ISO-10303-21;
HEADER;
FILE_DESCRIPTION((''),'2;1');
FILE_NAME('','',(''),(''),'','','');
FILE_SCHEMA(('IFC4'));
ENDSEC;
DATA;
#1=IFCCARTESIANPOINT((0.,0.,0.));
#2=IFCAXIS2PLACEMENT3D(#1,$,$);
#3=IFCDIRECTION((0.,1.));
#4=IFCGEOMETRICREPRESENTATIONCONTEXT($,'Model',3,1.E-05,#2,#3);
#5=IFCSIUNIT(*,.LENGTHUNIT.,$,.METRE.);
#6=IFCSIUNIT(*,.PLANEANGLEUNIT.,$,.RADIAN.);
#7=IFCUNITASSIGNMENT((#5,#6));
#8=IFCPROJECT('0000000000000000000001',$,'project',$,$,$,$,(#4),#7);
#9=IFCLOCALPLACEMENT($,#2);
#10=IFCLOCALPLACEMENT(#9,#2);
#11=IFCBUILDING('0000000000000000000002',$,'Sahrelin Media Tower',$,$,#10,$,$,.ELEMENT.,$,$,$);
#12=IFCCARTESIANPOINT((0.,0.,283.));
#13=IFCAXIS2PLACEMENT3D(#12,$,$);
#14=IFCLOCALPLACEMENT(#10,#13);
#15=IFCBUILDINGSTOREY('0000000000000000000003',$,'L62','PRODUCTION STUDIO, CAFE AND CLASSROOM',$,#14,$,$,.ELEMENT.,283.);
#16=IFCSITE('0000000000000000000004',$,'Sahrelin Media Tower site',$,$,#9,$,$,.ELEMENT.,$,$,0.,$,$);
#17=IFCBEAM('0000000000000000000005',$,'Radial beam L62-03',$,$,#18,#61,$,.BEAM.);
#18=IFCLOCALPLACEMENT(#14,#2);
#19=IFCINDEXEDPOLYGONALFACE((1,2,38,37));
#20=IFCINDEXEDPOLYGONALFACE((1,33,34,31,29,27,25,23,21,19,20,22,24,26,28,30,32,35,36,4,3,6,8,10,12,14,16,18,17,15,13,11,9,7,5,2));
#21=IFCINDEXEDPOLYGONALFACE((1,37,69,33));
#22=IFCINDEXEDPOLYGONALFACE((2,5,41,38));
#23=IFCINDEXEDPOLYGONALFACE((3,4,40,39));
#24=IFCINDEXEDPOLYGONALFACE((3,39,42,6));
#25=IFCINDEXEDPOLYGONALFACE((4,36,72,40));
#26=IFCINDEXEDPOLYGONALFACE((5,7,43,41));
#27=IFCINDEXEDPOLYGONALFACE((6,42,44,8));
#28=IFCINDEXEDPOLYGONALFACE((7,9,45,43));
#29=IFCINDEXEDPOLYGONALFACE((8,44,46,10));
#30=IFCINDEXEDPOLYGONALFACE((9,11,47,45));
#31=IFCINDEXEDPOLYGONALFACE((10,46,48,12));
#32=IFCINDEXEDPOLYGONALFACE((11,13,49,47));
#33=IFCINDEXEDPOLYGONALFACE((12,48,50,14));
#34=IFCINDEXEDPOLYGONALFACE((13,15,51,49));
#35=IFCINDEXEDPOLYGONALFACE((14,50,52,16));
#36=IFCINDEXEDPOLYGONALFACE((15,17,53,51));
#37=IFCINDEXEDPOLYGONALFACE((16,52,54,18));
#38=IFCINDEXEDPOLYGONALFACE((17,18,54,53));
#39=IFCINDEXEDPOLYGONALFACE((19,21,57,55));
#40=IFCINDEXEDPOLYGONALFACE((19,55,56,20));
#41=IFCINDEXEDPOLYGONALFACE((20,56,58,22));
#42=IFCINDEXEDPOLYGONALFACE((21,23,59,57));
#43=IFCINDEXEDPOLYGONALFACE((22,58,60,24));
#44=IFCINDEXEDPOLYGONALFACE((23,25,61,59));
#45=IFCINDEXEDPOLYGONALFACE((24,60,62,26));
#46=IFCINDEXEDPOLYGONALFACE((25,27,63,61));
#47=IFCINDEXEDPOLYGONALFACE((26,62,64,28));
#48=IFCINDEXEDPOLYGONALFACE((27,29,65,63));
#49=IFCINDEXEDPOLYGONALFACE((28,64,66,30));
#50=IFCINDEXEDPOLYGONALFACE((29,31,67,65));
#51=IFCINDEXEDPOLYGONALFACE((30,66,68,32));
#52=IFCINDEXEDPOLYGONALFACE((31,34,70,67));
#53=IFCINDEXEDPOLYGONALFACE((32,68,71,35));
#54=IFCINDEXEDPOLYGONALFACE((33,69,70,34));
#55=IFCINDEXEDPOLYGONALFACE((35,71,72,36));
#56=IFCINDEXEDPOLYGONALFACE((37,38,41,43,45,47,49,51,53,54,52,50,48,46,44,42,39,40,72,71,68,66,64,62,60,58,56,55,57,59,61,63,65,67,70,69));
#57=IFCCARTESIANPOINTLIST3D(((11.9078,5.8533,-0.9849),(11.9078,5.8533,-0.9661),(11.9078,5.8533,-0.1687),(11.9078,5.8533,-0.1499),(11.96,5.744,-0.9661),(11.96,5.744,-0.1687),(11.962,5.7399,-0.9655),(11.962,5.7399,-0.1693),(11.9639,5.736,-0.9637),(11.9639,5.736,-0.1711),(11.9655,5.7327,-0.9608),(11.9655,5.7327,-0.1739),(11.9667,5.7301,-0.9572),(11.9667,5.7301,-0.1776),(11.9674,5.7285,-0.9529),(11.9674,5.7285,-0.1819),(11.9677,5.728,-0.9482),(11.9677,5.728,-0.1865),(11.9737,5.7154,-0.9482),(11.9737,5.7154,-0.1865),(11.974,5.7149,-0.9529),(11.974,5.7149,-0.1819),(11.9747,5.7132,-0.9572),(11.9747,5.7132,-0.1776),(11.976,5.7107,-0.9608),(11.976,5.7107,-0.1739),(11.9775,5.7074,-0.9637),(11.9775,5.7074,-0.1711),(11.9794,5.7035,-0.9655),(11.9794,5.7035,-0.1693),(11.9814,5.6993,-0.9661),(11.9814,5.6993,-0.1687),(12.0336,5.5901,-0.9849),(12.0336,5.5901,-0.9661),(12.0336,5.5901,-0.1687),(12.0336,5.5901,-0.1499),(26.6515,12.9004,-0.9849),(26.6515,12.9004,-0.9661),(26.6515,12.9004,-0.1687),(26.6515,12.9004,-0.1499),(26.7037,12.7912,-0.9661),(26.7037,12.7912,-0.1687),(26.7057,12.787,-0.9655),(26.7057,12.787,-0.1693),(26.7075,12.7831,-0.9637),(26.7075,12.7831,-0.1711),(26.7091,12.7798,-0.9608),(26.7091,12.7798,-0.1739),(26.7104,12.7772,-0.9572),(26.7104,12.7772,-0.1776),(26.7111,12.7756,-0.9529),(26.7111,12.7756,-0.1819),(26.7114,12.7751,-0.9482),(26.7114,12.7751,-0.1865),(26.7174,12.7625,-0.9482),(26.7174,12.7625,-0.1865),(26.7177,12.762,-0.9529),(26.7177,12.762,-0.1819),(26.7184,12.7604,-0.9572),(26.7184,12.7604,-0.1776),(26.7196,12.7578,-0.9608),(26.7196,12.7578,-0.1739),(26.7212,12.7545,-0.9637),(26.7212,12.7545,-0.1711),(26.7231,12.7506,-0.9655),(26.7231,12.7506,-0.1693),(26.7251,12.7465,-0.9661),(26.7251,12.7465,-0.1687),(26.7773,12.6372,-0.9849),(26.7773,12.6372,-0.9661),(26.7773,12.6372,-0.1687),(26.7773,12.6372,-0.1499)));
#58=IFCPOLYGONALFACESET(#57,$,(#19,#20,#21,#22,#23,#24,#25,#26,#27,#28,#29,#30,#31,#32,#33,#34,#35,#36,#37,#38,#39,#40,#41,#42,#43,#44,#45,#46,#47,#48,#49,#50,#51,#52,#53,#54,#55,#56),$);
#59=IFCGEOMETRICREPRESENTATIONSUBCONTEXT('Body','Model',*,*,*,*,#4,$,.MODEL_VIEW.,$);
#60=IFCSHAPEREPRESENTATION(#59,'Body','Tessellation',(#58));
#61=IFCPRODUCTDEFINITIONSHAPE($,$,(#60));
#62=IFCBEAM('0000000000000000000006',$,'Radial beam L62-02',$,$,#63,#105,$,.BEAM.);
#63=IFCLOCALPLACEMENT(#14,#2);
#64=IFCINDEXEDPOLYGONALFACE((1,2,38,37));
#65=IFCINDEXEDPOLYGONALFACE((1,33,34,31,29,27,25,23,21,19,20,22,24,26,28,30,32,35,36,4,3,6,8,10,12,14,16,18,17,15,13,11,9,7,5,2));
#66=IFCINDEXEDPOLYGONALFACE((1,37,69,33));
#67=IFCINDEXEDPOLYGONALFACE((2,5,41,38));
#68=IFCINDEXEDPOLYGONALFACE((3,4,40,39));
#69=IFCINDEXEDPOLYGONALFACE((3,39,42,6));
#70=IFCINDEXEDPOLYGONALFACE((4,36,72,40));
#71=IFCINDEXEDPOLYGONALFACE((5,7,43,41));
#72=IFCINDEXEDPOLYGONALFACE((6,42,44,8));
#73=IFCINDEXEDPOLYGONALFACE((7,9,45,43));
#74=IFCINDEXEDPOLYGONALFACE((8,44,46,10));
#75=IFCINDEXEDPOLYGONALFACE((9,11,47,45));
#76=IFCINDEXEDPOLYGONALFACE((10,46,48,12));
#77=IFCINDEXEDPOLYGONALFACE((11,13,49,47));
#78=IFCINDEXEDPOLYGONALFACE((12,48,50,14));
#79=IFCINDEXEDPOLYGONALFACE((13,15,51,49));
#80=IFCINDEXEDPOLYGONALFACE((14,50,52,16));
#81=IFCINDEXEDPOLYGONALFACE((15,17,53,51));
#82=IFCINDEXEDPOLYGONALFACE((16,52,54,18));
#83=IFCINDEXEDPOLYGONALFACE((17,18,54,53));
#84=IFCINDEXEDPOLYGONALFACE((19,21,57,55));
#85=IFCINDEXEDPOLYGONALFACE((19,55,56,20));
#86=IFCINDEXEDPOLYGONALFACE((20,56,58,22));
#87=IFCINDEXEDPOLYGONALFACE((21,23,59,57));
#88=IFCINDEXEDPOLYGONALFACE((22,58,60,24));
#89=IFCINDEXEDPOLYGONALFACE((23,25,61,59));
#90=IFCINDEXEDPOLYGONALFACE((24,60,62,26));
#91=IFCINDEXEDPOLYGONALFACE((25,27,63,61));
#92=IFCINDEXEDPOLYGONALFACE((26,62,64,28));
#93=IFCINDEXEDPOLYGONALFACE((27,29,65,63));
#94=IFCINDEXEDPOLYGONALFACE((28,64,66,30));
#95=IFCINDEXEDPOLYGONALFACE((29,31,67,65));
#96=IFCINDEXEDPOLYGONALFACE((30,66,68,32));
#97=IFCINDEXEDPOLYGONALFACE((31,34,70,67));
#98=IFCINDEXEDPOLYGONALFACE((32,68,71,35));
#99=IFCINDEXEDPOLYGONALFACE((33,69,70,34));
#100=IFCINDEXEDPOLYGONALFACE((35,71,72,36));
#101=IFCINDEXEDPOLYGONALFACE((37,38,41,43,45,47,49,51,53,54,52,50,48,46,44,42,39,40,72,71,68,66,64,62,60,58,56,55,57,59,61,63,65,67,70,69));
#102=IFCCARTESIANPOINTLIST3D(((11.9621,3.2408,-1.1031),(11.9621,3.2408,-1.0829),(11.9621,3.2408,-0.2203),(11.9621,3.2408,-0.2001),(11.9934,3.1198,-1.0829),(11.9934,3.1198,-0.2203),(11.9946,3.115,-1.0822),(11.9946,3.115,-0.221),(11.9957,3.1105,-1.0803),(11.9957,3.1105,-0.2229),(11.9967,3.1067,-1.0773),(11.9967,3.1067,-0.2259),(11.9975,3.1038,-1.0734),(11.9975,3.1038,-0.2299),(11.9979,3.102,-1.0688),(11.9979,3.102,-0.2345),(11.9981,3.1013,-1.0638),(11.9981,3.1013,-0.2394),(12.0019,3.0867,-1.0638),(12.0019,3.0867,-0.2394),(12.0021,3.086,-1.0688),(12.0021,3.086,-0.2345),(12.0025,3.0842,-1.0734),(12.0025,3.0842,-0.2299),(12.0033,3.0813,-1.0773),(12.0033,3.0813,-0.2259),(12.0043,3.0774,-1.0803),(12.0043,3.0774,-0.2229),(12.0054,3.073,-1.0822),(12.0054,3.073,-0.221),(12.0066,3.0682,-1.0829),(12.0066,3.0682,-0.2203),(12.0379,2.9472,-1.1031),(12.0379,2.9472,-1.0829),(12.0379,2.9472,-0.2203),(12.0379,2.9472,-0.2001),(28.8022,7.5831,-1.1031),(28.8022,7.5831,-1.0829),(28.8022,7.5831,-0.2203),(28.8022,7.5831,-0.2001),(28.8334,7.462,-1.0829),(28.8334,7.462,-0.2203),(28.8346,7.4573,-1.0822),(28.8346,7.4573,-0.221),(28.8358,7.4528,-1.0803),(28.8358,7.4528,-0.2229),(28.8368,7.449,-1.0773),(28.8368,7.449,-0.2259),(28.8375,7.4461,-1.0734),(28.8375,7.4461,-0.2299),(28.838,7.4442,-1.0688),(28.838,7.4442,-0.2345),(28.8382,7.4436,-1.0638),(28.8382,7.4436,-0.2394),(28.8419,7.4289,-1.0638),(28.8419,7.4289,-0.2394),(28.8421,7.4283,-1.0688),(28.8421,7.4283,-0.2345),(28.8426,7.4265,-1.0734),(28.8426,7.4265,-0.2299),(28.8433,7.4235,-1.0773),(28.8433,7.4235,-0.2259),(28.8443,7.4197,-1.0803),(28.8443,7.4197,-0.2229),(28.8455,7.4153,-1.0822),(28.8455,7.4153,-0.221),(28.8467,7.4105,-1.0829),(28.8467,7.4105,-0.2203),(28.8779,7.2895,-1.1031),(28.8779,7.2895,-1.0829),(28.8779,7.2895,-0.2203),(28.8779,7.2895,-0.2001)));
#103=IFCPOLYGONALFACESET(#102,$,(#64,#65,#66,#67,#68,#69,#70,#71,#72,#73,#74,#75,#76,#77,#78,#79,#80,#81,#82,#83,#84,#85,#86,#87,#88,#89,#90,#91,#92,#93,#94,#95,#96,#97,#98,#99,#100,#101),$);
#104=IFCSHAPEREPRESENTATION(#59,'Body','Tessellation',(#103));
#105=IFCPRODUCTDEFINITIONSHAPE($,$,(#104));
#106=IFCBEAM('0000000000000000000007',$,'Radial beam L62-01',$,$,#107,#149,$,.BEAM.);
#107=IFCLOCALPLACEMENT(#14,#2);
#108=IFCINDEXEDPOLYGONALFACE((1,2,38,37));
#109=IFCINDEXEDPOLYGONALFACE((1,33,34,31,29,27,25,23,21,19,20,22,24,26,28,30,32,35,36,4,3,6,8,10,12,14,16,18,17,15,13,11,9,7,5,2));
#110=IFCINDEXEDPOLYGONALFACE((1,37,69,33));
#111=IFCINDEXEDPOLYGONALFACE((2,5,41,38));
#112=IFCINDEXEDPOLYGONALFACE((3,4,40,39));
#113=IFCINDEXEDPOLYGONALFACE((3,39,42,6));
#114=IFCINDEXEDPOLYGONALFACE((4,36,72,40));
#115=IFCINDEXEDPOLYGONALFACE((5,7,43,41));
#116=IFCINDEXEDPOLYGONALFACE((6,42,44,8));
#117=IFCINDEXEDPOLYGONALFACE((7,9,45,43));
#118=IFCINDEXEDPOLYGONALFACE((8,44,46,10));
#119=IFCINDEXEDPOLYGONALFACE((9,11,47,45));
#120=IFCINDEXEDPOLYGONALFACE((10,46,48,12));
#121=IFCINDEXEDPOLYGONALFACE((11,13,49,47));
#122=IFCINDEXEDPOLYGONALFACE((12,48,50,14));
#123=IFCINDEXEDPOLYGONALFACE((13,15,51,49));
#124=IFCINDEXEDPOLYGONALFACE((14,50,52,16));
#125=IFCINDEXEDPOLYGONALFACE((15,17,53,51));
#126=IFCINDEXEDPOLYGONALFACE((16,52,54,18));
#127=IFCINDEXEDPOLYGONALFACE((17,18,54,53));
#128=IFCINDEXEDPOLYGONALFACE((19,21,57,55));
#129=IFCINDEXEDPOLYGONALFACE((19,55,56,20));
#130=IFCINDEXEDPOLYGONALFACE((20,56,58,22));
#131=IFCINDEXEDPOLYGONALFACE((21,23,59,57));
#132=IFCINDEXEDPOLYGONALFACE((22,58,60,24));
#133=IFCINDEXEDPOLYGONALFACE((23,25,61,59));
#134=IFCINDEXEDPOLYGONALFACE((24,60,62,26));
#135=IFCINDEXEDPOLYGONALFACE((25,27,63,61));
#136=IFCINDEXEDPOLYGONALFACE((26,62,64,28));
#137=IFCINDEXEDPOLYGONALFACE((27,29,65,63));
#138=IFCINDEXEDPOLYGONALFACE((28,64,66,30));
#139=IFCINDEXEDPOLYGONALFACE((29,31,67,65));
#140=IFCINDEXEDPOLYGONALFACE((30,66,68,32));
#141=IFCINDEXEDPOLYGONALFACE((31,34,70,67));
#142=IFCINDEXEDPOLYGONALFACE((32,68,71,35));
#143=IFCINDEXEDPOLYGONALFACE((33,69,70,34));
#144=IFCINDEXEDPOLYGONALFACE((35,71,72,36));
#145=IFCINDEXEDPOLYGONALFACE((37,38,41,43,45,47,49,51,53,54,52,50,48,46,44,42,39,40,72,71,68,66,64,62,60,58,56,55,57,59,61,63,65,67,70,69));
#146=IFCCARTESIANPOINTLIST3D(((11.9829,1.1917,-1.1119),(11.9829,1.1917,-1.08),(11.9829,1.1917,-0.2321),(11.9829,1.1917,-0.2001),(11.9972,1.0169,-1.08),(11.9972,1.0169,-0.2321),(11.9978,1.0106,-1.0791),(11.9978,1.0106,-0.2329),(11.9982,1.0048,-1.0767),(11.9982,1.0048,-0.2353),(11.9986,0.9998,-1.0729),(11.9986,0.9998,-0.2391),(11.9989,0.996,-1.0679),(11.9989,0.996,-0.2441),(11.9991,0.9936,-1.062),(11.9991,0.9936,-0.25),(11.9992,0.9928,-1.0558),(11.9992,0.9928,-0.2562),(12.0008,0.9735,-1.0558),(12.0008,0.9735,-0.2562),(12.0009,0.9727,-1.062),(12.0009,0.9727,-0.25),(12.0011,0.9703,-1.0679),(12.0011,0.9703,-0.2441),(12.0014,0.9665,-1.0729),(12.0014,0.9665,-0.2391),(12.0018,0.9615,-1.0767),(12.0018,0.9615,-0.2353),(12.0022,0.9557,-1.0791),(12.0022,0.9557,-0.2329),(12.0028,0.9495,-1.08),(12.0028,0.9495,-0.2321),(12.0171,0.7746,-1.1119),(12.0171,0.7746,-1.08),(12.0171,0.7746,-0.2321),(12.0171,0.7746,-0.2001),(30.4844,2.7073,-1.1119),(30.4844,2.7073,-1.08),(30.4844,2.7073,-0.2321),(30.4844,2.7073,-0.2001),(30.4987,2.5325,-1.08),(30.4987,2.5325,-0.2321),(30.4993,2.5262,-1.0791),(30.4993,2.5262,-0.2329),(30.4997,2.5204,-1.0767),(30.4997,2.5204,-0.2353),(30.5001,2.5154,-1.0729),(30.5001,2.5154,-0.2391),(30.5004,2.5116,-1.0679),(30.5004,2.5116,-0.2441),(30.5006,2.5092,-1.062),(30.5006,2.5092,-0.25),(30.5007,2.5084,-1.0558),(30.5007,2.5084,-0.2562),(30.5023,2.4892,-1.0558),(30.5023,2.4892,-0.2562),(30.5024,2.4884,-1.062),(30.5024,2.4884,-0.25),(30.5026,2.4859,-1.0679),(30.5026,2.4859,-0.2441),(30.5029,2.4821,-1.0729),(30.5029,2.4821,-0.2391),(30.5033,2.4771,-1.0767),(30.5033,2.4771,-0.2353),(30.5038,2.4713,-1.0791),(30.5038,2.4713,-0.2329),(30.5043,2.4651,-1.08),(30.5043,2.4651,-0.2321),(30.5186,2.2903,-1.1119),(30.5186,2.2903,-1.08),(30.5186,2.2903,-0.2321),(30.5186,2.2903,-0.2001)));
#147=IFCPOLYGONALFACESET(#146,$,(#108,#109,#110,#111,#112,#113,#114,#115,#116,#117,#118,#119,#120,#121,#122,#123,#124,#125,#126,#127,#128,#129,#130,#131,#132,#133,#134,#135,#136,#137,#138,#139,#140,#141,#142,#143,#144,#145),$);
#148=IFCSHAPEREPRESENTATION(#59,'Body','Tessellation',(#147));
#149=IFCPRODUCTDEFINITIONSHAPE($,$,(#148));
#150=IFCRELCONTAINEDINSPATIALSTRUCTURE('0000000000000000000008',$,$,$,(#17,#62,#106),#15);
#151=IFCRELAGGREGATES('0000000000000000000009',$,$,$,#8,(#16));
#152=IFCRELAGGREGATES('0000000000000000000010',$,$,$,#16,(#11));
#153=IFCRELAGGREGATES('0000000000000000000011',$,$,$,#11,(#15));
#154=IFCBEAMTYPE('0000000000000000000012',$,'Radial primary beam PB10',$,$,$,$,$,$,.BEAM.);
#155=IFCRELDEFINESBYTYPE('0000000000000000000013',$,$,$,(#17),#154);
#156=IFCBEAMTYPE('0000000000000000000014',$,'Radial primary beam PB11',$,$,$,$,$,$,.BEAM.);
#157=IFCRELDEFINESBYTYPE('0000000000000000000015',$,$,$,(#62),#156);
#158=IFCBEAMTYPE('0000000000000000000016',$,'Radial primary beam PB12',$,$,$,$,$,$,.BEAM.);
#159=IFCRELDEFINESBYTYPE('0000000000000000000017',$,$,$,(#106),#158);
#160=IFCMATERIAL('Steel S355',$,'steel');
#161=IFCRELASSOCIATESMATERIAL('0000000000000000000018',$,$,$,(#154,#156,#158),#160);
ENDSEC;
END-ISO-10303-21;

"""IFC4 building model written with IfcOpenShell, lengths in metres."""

from ifc_helpers import new_model, si_unit, direction, frame, origin, origin_2d, place, context, subcontext, project, spatial, i_section, extrude, material, material_profile, profile_set, type_object, element, save


model = new_model("IFC4")

# Units and contexts
model_context = context("Model", 3, precision=1e-05, world=origin(), true_north=direction((0.0, 1.0)))
body_context = subcontext(model_context, "Body", "Model", "MODEL_VIEW")
ifc_project = project(units=[si_unit("LENGTHUNIT", "METRE"), si_unit("PLANEANGLEUNIT", "RADIAN")], contexts=[model_context])

# Site, building, storey
site_placement = place(None, origin())
site = spatial("IfcSite", under=ifc_project, at=site_placement, Name="Sahrelin Media Tower site", CompositionType="ELEMENT", RefElevation=0.0)
building_placement = place(site_placement, origin())
building = spatial("IfcBuilding", under=site, at=building_placement, Name="Sahrelin Media Tower", CompositionType="ELEMENT")
storey_placement = place(building_placement, frame((0.0, 0.0, 283.0)))
storey = spatial("IfcBuildingStorey", under=building, at=storey_placement, Name="L62", Description="PRODUCTION STUDIO, CAFE AND CLASSROOM", CompositionType="ELEMENT", Elevation=283.0)

# Beams
ifc_material_1 = material(Name="Steel S355", Category="steel")
ifc_material_profile_1 = material_profile(ifc_material_1, i_section(OverallWidth=0.2917, OverallDepth=0.835, WebThickness=0.0139, FlangeThickness=0.0188, FilletRadius=0.0178, at=origin_2d()), Name="UB 838x292x176")
ifc_profile_set_1 = profile_set([ifc_material_profile_1], Name="Steel S355")
beam_type_1 = type_object("IfcBeamType", Name="Radial primary beam PB10", PredefinedType="BEAM", material=ifc_profile_set_1)
beam_1_placement = place(storey_placement, frame((11.9707, 5.7217, -0.5674), z_axis=(0.902234, 0.431247, 0.0), x_axis=(-0.431247, 0.902234, 0.0)))
element("IfcBeam", 1, at=beam_1_placement, inside=storey, type_object=beam_type_1, Name="Radial beam L62-03", PredefinedType="BEAM", context=body_context, shape_type="SweptSolid", body=[
    extrude(i_section(OverallWidth=0.2917, OverallDepth=0.835, WebThickness=0.0139, FlangeThickness=0.0188, FilletRadius=0.0178, at=origin_2d()), origin(), (0.0, 0.0, 1.0), 16.3413),
])
ifc_material_profile_2 = material_profile(ifc_material_1, i_section(OverallWidth=0.3032, OverallDepth=0.9031, WebThickness=0.0151, FlangeThickness=0.0203, FilletRadius=0.019, at=origin_2d()), Name="UB 914x305x201")
ifc_profile_set_2 = profile_set([ifc_material_profile_2], Name="Steel S355")
beam_type_2 = type_object("IfcBeamType", Name="Radial primary beam PB11", PredefinedType="BEAM", material=ifc_profile_set_2)
beam_2_placement = place(storey_placement, frame((12.0, 3.094, -0.6516), z_axis=(0.968327, 0.249687, 0.0), x_axis=(-0.249687, 0.968327, 0.0)))
element("IfcBeam", 2, at=beam_2_placement, inside=storey, type_object=beam_type_2, Name="Radial beam L62-02", PredefinedType="BEAM", context=body_context, shape_type="SweptSolid", body=[
    extrude(i_section(OverallWidth=0.3032, OverallDepth=0.9031, WebThickness=0.0151, FlangeThickness=0.0203, FilletRadius=0.019, at=origin_2d()), origin(), (0.0, 0.0, 1.0), 17.3909),
])
ifc_material_profile_3 = material_profile(ifc_material_1, i_section(OverallWidth=0.4185, OverallDepth=0.9119, WebThickness=0.0193, FlangeThickness=0.032, FilletRadius=0.0242, at=origin_2d()), Name="UB 914x419x343")
ifc_profile_set_3 = profile_set([ifc_material_profile_3], Name="Steel S355")
beam_type_3 = type_object("IfcBeamType", Name="Radial primary beam PB12", PredefinedType="BEAM", material=ifc_profile_set_3)
beam_3_placement = place(storey_placement, frame((12.0, 0.9832, -0.656), z_axis=(0.996661, 0.081646, 0.0), x_axis=(-0.081646, 0.996661, 0.0)))
element("IfcBeam", 3, at=beam_3_placement, inside=storey, type_object=beam_type_3, Name="Radial beam L62-01", PredefinedType="BEAM", context=body_context, shape_type="SweptSolid", body=[
    extrude(i_section(OverallWidth=0.4185, OverallDepth=0.9119, WebThickness=0.0193, FlangeThickness=0.032, FilletRadius=0.0242, at=origin_2d()), origin(), (0.0, 0.0, 1.0), 18.5635),
])

save(model, "model.ifc")
